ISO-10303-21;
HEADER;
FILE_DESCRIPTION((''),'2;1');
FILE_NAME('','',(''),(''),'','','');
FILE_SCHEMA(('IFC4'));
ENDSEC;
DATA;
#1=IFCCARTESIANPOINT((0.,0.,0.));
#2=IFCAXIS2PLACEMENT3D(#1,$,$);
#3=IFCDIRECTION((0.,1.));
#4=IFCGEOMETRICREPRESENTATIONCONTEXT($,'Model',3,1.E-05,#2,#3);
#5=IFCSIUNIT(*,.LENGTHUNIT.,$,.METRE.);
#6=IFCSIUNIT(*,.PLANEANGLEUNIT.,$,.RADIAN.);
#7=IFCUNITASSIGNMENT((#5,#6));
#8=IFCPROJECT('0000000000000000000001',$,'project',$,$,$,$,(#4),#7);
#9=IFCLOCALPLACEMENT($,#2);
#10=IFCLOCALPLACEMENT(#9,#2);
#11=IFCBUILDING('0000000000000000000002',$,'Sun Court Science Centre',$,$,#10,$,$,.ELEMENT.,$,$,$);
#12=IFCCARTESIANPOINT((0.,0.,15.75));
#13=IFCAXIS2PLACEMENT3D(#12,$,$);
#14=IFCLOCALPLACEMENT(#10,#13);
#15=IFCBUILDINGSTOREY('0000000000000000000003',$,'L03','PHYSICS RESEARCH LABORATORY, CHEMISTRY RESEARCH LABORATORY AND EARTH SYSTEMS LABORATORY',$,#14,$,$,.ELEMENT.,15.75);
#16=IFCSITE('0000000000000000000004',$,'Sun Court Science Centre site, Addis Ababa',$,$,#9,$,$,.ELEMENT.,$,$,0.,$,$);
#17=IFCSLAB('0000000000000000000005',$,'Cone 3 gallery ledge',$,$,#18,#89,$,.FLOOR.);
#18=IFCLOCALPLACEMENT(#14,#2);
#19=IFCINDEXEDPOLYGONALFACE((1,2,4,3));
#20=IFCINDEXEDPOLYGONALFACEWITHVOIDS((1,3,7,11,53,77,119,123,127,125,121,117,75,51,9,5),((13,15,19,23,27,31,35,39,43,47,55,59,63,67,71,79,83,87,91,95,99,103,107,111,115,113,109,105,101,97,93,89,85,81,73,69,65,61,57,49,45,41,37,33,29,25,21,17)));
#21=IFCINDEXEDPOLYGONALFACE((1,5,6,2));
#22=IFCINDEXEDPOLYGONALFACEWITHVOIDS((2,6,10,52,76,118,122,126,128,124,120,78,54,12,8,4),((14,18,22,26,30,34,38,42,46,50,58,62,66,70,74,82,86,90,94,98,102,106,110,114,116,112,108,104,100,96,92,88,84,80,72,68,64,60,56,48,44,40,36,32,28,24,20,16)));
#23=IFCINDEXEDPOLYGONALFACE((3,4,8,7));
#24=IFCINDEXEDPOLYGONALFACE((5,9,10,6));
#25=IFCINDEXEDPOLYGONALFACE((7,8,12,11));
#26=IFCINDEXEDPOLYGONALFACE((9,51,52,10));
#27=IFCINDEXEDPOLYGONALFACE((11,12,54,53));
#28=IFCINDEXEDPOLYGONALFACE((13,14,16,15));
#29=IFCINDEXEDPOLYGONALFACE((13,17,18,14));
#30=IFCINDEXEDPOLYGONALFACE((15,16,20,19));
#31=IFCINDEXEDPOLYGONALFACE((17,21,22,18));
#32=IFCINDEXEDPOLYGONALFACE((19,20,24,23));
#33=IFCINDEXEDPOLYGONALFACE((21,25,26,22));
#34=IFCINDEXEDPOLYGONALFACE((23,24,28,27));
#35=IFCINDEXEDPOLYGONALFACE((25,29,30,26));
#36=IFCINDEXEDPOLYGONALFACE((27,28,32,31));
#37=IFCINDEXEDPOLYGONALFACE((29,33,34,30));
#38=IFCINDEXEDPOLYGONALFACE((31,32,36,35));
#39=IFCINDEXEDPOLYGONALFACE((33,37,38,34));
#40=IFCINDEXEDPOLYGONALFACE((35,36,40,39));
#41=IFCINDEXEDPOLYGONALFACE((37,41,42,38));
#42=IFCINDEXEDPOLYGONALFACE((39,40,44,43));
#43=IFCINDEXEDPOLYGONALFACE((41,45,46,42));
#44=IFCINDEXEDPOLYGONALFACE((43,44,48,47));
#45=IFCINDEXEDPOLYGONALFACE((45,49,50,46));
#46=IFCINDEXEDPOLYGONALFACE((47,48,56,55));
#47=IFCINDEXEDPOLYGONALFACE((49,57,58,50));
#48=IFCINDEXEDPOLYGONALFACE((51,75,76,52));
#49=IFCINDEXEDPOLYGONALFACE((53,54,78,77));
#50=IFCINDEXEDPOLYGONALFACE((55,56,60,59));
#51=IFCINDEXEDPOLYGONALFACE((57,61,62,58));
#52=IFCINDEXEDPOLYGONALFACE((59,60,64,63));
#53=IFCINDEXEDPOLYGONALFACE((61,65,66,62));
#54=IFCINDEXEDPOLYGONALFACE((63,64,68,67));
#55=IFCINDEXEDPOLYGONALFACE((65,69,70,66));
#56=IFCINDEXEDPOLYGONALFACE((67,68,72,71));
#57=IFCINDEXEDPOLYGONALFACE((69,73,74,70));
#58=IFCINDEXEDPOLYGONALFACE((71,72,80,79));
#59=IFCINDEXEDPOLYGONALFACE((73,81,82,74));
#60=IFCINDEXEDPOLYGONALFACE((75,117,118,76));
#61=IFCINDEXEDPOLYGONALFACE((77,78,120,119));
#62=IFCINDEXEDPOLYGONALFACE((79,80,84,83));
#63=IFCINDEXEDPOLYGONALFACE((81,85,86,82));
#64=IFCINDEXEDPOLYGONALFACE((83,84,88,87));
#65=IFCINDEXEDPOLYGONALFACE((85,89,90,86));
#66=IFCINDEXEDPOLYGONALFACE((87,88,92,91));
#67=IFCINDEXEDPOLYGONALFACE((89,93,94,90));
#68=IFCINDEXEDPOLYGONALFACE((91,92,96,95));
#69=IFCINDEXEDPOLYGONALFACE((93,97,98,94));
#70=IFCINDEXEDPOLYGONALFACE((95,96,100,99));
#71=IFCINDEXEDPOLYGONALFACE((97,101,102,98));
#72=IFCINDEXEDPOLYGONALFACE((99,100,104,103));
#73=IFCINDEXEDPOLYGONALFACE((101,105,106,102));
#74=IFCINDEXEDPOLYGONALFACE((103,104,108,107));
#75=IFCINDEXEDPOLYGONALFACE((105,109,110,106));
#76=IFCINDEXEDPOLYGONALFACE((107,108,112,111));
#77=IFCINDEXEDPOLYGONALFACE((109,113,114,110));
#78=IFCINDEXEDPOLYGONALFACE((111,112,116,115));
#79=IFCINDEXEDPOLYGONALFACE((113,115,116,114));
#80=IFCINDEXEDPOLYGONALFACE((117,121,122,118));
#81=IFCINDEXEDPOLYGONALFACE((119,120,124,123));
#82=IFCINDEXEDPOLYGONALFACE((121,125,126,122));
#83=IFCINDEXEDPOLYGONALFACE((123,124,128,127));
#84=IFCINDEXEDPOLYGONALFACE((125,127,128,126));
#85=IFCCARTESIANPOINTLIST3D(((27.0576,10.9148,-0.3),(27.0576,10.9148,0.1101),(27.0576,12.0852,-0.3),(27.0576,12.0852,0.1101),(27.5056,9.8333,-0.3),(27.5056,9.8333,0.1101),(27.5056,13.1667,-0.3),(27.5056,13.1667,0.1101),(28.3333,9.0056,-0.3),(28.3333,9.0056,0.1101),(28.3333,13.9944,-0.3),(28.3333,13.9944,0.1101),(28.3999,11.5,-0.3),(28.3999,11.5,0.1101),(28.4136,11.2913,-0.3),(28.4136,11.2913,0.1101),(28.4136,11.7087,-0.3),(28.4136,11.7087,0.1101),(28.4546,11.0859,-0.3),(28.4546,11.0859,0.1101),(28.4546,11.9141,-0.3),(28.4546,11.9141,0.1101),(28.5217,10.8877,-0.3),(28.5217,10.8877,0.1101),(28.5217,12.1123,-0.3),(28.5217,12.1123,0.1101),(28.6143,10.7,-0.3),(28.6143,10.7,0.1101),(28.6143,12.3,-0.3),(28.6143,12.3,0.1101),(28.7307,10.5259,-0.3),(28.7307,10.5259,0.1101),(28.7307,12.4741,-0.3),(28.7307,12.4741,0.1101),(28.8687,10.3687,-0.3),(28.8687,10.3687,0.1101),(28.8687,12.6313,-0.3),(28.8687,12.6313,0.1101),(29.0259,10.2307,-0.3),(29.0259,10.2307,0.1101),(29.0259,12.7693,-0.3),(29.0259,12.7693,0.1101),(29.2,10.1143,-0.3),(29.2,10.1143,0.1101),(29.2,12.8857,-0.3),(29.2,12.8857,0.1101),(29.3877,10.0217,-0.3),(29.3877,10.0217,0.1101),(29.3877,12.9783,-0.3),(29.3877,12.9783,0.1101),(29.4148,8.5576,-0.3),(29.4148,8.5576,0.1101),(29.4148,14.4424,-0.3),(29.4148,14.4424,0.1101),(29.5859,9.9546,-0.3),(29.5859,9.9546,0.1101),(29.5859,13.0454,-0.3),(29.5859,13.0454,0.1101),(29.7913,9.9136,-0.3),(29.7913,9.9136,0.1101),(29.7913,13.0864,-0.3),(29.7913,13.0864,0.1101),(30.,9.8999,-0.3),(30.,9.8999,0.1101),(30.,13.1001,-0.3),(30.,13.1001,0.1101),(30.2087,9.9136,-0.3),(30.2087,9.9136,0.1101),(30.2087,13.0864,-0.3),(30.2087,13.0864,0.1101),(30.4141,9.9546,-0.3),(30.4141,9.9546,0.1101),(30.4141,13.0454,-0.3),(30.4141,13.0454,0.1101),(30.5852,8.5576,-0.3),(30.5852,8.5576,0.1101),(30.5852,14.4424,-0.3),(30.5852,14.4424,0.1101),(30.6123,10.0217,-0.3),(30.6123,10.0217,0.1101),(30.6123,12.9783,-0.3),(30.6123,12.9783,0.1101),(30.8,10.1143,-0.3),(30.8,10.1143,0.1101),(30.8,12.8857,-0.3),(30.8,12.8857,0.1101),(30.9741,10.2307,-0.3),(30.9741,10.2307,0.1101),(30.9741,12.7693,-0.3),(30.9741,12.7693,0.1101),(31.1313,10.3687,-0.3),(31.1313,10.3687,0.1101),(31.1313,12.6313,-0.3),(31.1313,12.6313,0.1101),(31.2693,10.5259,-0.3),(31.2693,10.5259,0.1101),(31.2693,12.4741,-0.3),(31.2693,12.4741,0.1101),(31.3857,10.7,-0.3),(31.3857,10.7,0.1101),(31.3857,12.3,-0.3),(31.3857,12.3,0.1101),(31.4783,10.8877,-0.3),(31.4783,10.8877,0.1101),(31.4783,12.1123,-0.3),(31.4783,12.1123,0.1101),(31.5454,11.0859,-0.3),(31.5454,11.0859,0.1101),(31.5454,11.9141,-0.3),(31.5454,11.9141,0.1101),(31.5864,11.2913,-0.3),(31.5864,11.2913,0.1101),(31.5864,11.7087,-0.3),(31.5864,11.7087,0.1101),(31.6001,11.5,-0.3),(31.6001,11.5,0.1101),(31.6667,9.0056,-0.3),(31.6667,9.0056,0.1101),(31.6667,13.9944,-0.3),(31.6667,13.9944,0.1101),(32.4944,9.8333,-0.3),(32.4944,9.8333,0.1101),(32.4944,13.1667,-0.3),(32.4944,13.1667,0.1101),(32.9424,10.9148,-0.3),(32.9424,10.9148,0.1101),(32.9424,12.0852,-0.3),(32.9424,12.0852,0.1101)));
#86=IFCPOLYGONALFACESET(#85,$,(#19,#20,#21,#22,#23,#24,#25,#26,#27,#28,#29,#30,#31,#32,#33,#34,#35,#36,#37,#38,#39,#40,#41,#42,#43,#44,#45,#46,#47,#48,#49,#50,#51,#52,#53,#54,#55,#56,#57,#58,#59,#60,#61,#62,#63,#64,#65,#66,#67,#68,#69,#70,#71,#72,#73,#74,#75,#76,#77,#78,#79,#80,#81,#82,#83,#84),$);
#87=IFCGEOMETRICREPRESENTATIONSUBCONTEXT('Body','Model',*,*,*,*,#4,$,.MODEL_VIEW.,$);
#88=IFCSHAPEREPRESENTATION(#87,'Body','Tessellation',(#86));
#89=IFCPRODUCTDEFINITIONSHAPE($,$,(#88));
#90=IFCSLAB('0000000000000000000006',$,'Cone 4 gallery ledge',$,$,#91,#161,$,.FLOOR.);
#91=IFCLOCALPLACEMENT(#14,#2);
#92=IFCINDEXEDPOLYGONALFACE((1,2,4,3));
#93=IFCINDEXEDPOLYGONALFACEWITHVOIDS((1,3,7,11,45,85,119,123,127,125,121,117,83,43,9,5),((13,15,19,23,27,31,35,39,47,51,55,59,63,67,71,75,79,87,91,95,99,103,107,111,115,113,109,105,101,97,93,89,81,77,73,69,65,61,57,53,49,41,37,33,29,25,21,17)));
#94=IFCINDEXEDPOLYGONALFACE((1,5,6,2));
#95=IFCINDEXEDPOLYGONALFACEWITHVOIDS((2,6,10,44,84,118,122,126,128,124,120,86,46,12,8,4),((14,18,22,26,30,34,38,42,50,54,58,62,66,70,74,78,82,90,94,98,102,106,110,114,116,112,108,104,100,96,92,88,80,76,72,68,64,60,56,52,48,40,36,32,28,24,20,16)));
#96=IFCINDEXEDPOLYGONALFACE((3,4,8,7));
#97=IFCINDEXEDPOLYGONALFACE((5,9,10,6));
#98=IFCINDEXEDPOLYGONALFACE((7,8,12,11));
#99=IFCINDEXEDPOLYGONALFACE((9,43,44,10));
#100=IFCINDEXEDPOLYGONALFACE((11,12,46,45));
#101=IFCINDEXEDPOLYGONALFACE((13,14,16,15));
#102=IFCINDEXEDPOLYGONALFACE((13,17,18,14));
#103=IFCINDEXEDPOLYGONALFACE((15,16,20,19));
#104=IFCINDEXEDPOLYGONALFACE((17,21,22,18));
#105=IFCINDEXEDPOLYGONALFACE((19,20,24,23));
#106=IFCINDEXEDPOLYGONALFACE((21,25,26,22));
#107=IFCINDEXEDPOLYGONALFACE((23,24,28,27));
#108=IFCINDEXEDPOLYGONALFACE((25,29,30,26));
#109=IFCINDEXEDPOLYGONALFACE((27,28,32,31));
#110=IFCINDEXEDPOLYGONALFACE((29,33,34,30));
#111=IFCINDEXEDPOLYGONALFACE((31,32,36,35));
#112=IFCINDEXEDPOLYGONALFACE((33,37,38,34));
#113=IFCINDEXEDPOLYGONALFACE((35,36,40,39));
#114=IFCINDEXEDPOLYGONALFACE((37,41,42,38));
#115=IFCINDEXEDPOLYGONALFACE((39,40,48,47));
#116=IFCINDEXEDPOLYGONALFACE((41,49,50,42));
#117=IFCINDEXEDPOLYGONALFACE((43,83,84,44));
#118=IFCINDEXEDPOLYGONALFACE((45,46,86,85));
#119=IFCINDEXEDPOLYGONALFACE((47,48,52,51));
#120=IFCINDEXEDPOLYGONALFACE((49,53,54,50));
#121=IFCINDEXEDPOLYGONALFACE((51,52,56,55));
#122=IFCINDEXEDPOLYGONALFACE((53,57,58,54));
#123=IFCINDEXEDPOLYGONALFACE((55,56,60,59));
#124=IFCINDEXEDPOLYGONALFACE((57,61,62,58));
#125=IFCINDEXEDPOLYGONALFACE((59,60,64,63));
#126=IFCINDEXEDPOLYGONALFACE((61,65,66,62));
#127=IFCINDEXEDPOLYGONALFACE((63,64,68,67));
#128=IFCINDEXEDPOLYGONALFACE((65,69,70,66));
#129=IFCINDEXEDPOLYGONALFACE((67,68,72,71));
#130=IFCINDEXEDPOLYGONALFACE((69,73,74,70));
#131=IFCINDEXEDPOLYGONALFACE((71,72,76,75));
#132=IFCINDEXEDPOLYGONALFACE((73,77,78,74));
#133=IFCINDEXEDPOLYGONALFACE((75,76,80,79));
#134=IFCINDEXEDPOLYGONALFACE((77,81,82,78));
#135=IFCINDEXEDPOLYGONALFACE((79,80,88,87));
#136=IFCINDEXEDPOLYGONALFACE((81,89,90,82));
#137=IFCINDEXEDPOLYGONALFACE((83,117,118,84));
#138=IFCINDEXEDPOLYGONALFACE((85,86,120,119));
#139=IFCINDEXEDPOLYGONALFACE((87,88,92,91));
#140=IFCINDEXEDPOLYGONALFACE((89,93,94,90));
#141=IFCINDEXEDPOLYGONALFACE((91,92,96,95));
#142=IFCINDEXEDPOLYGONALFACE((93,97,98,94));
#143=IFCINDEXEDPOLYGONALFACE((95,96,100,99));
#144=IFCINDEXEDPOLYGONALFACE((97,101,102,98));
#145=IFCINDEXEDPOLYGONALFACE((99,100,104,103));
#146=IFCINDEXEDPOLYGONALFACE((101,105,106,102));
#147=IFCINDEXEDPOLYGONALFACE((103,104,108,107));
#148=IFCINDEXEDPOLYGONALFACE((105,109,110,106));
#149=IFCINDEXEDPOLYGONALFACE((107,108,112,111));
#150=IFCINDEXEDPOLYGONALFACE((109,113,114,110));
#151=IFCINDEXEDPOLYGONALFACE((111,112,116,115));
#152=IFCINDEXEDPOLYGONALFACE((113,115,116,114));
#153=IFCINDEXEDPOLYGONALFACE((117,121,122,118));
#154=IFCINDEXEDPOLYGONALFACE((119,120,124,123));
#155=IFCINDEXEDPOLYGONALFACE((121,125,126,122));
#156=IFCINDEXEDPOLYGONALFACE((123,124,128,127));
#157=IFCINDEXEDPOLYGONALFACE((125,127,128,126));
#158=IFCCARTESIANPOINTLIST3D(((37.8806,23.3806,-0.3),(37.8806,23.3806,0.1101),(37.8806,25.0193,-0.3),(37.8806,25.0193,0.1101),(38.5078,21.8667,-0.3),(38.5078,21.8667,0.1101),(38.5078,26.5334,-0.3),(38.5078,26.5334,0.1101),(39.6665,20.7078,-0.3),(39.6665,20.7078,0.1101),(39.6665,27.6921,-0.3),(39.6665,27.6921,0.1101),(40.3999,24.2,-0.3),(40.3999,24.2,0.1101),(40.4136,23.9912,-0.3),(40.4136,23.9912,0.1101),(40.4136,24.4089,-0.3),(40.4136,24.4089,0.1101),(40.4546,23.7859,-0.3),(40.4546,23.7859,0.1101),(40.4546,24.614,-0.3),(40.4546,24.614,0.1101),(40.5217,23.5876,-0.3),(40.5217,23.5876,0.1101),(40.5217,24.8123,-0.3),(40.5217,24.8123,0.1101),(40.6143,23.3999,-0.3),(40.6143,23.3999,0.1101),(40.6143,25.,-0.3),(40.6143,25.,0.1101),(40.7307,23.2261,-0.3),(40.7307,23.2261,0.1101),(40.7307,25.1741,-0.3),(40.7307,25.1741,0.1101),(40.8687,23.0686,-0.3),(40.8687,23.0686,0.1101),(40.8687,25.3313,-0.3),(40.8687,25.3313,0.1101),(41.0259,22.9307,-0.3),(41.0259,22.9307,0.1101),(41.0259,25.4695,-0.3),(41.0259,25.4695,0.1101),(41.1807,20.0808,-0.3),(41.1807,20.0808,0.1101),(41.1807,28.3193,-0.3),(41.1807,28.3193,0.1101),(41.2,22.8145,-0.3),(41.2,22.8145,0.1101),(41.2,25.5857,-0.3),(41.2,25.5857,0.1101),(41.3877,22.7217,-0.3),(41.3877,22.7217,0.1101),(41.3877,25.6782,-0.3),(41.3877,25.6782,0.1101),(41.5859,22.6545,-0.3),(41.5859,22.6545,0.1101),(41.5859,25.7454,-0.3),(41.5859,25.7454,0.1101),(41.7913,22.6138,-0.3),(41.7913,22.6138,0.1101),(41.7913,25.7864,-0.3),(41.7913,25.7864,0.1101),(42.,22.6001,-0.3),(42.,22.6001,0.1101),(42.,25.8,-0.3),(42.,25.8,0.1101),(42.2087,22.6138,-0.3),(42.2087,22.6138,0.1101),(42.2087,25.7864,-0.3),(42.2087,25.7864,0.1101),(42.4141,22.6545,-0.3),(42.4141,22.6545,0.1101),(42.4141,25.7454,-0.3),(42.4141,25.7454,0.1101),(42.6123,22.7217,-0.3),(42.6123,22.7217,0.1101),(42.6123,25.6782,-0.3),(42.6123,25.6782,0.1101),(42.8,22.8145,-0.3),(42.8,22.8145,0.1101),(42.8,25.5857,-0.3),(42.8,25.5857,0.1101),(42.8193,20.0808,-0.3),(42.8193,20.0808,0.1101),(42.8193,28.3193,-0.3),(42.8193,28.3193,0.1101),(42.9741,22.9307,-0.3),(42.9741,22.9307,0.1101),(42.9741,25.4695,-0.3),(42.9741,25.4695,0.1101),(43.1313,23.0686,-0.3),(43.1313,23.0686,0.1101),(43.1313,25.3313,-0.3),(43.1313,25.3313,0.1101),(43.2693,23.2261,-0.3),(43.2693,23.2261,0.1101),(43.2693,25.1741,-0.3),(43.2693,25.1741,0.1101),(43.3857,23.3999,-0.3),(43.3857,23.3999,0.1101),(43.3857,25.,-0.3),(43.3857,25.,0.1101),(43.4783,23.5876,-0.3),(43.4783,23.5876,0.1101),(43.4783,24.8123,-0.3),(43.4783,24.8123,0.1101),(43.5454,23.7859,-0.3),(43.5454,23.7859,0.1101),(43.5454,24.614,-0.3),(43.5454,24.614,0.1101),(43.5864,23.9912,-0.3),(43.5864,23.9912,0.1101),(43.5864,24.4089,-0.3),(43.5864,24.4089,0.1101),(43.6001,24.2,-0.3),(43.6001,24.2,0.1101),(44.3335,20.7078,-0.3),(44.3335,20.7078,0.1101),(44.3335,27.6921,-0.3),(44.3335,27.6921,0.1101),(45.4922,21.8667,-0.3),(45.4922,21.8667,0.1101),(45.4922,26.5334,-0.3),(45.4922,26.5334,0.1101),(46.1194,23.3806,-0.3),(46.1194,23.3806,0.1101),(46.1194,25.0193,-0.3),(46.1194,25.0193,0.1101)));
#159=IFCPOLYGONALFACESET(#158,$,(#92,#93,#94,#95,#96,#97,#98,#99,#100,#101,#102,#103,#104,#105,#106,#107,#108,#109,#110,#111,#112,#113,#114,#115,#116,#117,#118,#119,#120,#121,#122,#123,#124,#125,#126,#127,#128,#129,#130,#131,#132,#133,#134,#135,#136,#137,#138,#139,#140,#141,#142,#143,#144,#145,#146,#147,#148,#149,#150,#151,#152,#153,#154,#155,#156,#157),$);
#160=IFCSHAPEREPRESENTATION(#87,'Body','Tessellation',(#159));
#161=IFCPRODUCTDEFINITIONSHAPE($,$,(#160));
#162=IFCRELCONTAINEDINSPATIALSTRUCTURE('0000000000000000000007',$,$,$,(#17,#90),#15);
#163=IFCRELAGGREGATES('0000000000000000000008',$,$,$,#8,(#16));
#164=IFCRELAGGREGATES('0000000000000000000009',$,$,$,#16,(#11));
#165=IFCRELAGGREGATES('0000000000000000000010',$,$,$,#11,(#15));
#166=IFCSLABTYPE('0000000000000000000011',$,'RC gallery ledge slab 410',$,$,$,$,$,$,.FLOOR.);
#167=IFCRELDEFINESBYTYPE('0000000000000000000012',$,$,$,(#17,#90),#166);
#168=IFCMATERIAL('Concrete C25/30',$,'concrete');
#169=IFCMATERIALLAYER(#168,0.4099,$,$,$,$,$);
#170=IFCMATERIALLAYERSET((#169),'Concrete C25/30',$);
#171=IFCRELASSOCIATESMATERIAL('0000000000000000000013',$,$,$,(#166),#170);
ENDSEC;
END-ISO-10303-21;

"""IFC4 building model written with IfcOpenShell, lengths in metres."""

from ifc_helpers import new_model, si_unit, direction, frame, origin, place, context, subcontext, project, spatial, polyline, outline, extrude, material, layer, layer_set, type_object, element, save


model = new_model("IFC4")

# Units and contexts
model_context = context("Model", 3, precision=1e-05, world=origin(), true_north=direction((0.0, 1.0)))
body_context = subcontext(model_context, "Body", "Model", "MODEL_VIEW")
ifc_project = project(units=[si_unit("LENGTHUNIT", "METRE"), si_unit("PLANEANGLEUNIT", "RADIAN")], contexts=[model_context])

# Site, building, storey
site_placement = place(None, origin())
site = spatial("IfcSite", under=ifc_project, at=site_placement, Name="Sun Court Science Centre site, Addis Ababa", CompositionType="ELEMENT", RefElevation=0.0)
building_placement = place(site_placement, origin())
building = spatial("IfcBuilding", under=site, at=building_placement, Name="Sun Court Science Centre", CompositionType="ELEMENT")
storey_placement = place(building_placement, frame((0.0, 0.0, 15.75)))
storey = spatial("IfcBuildingStorey", under=building, at=storey_placement, Name="L03", Description="PHYSICS RESEARCH LABORATORY, CHEMISTRY RESEARCH LABORATORY AND EARTH SYSTEMS LABORATORY", CompositionType="ELEMENT", Elevation=15.75)

# Slabs
ifc_material_1 = material(Name="Concrete C25/30", Category="concrete")
ifc_layer_1 = layer(ifc_material_1, 0.4099)
ifc_layer_set_1 = layer_set([ifc_layer_1], Name="Concrete C25/30")
slab_type_1 = type_object("IfcSlabType", Name="RC gallery ledge slab 410", PredefinedType="FLOOR", material=ifc_layer_set_1)
slab_1_placement = place(storey_placement, frame((0.0, 0.0, -0.3)))
element("IfcSlab", 1, at=slab_1_placement, inside=storey, type_object=slab_type_1, Name="Cone 3 gallery ledge", PredefinedType="FLOOR", context=body_context, shape_type="SweptSolid", body=[
    extrude(outline(polyline([(32.9424, 10.9148), (32.9424, 12.0852), (32.4944, 13.1667), (31.6667, 13.9944), (30.5852, 14.4424), (29.4148, 14.4424), (28.3333, 13.9944), (27.5056, 13.1667), (27.0576, 12.0852), (27.0576, 10.9148), (27.5056, 9.8333), (28.3333, 9.0056), (29.4148, 8.5576), (30.5852, 8.5576), (31.6667, 9.0056), (32.4944, 9.8333), (32.9424, 10.9148)]), holes=[polyline([(31.5864, 11.7087), (31.6001, 11.5), (31.5864, 11.2913), (31.5454, 11.0859), (31.4783, 10.8877), (31.3857, 10.7), (31.2693, 10.5259), (31.1313, 10.3687), (30.9741, 10.2307), (30.8, 10.1143), (30.6123, 10.0217), (30.4141, 9.9546), (30.2087, 9.9136), (30.0, 9.8999), (29.7913, 9.9136), (29.5859, 9.9546), (29.3877, 10.0217), (29.2, 10.1143), (29.0259, 10.2307), (28.8687, 10.3687), (28.7307, 10.5259), (28.6143, 10.7), (28.5217, 10.8877), (28.4546, 11.0859), (28.4136, 11.2913), (28.3999, 11.5), (28.4136, 11.7087), (28.4546, 11.9141), (28.5217, 12.1123), (28.6143, 12.3), (28.7307, 12.4741), (28.8687, 12.6313), (29.0259, 12.7693), (29.2, 12.8857), (29.3877, 12.9783), (29.5859, 13.0454), (29.7913, 13.0864), (30.0, 13.1001), (30.2087, 13.0864), (30.4141, 13.0454), (30.6123, 12.9783), (30.8, 12.8857), (30.9741, 12.7693), (31.1313, 12.6313), (31.2693, 12.4741), (31.3857, 12.3), (31.4783, 12.1123), (31.5454, 11.9141), (31.5864, 11.7087)])]), origin(), (0.0, 0.0, 1.0), 0.4102),
])
slab_2_placement = place(storey_placement, frame((0.0, 0.0, -0.3)))
element("IfcSlab", 2, at=slab_2_placement, inside=storey, type_object=slab_type_1, Name="Cone 4 gallery ledge", PredefinedType="FLOOR", context=body_context, shape_type="SweptSolid", body=[
    extrude(outline(polyline([(46.1194, 23.3806), (46.1194, 25.0193), (45.4922, 26.5334), (44.3335, 27.6921), (42.8193, 28.3193), (41.1807, 28.3193), (39.6665, 27.6921), (38.5078, 26.5334), (37.8806, 25.0193), (37.8806, 23.3806), (38.5078, 21.8667), (39.6665, 20.7078), (41.1807, 20.0808), (42.8193, 20.0808), (44.3335, 20.7078), (45.4922, 21.8667), (46.1194, 23.3806)]), holes=[polyline([(43.5864, 24.4089), (43.6001, 24.2), (43.5864, 23.9912), (43.5454, 23.7859), (43.4783, 23.5876), (43.3857, 23.3999), (43.2693, 23.2261), (43.1313, 23.0686), (42.9741, 22.9307), (42.8, 22.8145), (42.6123, 22.7217), (42.4141, 22.6545), (42.2087, 22.6138), (42.0, 22.6001), (41.7913, 22.6138), (41.5859, 22.6545), (41.3877, 22.7217), (41.2, 22.8145), (41.0259, 22.9307), (40.8687, 23.0686), (40.7307, 23.2261), (40.6143, 23.3999), (40.5217, 23.5876), (40.4546, 23.7859), (40.4136, 23.9912), (40.3999, 24.2), (40.4136, 24.4089), (40.4546, 24.614), (40.5217, 24.8123), (40.6143, 25.0), (40.7307, 25.1741), (40.8687, 25.3313), (41.0259, 25.4695), (41.2, 25.5857), (41.3877, 25.6782), (41.5859, 25.7454), (41.7913, 25.7864), (42.0, 25.8), (42.2087, 25.7864), (42.4141, 25.7454), (42.6123, 25.6782), (42.8, 25.5857), (42.9741, 25.4695), (43.1313, 25.3313), (43.2693, 25.1741), (43.3857, 25.0), (43.4783, 24.8123), (43.5454, 24.614), (43.5864, 24.4089)])]), origin(), (0.0, 0.0, 1.0), 0.4102),
])

save(model, "model.ifc")
